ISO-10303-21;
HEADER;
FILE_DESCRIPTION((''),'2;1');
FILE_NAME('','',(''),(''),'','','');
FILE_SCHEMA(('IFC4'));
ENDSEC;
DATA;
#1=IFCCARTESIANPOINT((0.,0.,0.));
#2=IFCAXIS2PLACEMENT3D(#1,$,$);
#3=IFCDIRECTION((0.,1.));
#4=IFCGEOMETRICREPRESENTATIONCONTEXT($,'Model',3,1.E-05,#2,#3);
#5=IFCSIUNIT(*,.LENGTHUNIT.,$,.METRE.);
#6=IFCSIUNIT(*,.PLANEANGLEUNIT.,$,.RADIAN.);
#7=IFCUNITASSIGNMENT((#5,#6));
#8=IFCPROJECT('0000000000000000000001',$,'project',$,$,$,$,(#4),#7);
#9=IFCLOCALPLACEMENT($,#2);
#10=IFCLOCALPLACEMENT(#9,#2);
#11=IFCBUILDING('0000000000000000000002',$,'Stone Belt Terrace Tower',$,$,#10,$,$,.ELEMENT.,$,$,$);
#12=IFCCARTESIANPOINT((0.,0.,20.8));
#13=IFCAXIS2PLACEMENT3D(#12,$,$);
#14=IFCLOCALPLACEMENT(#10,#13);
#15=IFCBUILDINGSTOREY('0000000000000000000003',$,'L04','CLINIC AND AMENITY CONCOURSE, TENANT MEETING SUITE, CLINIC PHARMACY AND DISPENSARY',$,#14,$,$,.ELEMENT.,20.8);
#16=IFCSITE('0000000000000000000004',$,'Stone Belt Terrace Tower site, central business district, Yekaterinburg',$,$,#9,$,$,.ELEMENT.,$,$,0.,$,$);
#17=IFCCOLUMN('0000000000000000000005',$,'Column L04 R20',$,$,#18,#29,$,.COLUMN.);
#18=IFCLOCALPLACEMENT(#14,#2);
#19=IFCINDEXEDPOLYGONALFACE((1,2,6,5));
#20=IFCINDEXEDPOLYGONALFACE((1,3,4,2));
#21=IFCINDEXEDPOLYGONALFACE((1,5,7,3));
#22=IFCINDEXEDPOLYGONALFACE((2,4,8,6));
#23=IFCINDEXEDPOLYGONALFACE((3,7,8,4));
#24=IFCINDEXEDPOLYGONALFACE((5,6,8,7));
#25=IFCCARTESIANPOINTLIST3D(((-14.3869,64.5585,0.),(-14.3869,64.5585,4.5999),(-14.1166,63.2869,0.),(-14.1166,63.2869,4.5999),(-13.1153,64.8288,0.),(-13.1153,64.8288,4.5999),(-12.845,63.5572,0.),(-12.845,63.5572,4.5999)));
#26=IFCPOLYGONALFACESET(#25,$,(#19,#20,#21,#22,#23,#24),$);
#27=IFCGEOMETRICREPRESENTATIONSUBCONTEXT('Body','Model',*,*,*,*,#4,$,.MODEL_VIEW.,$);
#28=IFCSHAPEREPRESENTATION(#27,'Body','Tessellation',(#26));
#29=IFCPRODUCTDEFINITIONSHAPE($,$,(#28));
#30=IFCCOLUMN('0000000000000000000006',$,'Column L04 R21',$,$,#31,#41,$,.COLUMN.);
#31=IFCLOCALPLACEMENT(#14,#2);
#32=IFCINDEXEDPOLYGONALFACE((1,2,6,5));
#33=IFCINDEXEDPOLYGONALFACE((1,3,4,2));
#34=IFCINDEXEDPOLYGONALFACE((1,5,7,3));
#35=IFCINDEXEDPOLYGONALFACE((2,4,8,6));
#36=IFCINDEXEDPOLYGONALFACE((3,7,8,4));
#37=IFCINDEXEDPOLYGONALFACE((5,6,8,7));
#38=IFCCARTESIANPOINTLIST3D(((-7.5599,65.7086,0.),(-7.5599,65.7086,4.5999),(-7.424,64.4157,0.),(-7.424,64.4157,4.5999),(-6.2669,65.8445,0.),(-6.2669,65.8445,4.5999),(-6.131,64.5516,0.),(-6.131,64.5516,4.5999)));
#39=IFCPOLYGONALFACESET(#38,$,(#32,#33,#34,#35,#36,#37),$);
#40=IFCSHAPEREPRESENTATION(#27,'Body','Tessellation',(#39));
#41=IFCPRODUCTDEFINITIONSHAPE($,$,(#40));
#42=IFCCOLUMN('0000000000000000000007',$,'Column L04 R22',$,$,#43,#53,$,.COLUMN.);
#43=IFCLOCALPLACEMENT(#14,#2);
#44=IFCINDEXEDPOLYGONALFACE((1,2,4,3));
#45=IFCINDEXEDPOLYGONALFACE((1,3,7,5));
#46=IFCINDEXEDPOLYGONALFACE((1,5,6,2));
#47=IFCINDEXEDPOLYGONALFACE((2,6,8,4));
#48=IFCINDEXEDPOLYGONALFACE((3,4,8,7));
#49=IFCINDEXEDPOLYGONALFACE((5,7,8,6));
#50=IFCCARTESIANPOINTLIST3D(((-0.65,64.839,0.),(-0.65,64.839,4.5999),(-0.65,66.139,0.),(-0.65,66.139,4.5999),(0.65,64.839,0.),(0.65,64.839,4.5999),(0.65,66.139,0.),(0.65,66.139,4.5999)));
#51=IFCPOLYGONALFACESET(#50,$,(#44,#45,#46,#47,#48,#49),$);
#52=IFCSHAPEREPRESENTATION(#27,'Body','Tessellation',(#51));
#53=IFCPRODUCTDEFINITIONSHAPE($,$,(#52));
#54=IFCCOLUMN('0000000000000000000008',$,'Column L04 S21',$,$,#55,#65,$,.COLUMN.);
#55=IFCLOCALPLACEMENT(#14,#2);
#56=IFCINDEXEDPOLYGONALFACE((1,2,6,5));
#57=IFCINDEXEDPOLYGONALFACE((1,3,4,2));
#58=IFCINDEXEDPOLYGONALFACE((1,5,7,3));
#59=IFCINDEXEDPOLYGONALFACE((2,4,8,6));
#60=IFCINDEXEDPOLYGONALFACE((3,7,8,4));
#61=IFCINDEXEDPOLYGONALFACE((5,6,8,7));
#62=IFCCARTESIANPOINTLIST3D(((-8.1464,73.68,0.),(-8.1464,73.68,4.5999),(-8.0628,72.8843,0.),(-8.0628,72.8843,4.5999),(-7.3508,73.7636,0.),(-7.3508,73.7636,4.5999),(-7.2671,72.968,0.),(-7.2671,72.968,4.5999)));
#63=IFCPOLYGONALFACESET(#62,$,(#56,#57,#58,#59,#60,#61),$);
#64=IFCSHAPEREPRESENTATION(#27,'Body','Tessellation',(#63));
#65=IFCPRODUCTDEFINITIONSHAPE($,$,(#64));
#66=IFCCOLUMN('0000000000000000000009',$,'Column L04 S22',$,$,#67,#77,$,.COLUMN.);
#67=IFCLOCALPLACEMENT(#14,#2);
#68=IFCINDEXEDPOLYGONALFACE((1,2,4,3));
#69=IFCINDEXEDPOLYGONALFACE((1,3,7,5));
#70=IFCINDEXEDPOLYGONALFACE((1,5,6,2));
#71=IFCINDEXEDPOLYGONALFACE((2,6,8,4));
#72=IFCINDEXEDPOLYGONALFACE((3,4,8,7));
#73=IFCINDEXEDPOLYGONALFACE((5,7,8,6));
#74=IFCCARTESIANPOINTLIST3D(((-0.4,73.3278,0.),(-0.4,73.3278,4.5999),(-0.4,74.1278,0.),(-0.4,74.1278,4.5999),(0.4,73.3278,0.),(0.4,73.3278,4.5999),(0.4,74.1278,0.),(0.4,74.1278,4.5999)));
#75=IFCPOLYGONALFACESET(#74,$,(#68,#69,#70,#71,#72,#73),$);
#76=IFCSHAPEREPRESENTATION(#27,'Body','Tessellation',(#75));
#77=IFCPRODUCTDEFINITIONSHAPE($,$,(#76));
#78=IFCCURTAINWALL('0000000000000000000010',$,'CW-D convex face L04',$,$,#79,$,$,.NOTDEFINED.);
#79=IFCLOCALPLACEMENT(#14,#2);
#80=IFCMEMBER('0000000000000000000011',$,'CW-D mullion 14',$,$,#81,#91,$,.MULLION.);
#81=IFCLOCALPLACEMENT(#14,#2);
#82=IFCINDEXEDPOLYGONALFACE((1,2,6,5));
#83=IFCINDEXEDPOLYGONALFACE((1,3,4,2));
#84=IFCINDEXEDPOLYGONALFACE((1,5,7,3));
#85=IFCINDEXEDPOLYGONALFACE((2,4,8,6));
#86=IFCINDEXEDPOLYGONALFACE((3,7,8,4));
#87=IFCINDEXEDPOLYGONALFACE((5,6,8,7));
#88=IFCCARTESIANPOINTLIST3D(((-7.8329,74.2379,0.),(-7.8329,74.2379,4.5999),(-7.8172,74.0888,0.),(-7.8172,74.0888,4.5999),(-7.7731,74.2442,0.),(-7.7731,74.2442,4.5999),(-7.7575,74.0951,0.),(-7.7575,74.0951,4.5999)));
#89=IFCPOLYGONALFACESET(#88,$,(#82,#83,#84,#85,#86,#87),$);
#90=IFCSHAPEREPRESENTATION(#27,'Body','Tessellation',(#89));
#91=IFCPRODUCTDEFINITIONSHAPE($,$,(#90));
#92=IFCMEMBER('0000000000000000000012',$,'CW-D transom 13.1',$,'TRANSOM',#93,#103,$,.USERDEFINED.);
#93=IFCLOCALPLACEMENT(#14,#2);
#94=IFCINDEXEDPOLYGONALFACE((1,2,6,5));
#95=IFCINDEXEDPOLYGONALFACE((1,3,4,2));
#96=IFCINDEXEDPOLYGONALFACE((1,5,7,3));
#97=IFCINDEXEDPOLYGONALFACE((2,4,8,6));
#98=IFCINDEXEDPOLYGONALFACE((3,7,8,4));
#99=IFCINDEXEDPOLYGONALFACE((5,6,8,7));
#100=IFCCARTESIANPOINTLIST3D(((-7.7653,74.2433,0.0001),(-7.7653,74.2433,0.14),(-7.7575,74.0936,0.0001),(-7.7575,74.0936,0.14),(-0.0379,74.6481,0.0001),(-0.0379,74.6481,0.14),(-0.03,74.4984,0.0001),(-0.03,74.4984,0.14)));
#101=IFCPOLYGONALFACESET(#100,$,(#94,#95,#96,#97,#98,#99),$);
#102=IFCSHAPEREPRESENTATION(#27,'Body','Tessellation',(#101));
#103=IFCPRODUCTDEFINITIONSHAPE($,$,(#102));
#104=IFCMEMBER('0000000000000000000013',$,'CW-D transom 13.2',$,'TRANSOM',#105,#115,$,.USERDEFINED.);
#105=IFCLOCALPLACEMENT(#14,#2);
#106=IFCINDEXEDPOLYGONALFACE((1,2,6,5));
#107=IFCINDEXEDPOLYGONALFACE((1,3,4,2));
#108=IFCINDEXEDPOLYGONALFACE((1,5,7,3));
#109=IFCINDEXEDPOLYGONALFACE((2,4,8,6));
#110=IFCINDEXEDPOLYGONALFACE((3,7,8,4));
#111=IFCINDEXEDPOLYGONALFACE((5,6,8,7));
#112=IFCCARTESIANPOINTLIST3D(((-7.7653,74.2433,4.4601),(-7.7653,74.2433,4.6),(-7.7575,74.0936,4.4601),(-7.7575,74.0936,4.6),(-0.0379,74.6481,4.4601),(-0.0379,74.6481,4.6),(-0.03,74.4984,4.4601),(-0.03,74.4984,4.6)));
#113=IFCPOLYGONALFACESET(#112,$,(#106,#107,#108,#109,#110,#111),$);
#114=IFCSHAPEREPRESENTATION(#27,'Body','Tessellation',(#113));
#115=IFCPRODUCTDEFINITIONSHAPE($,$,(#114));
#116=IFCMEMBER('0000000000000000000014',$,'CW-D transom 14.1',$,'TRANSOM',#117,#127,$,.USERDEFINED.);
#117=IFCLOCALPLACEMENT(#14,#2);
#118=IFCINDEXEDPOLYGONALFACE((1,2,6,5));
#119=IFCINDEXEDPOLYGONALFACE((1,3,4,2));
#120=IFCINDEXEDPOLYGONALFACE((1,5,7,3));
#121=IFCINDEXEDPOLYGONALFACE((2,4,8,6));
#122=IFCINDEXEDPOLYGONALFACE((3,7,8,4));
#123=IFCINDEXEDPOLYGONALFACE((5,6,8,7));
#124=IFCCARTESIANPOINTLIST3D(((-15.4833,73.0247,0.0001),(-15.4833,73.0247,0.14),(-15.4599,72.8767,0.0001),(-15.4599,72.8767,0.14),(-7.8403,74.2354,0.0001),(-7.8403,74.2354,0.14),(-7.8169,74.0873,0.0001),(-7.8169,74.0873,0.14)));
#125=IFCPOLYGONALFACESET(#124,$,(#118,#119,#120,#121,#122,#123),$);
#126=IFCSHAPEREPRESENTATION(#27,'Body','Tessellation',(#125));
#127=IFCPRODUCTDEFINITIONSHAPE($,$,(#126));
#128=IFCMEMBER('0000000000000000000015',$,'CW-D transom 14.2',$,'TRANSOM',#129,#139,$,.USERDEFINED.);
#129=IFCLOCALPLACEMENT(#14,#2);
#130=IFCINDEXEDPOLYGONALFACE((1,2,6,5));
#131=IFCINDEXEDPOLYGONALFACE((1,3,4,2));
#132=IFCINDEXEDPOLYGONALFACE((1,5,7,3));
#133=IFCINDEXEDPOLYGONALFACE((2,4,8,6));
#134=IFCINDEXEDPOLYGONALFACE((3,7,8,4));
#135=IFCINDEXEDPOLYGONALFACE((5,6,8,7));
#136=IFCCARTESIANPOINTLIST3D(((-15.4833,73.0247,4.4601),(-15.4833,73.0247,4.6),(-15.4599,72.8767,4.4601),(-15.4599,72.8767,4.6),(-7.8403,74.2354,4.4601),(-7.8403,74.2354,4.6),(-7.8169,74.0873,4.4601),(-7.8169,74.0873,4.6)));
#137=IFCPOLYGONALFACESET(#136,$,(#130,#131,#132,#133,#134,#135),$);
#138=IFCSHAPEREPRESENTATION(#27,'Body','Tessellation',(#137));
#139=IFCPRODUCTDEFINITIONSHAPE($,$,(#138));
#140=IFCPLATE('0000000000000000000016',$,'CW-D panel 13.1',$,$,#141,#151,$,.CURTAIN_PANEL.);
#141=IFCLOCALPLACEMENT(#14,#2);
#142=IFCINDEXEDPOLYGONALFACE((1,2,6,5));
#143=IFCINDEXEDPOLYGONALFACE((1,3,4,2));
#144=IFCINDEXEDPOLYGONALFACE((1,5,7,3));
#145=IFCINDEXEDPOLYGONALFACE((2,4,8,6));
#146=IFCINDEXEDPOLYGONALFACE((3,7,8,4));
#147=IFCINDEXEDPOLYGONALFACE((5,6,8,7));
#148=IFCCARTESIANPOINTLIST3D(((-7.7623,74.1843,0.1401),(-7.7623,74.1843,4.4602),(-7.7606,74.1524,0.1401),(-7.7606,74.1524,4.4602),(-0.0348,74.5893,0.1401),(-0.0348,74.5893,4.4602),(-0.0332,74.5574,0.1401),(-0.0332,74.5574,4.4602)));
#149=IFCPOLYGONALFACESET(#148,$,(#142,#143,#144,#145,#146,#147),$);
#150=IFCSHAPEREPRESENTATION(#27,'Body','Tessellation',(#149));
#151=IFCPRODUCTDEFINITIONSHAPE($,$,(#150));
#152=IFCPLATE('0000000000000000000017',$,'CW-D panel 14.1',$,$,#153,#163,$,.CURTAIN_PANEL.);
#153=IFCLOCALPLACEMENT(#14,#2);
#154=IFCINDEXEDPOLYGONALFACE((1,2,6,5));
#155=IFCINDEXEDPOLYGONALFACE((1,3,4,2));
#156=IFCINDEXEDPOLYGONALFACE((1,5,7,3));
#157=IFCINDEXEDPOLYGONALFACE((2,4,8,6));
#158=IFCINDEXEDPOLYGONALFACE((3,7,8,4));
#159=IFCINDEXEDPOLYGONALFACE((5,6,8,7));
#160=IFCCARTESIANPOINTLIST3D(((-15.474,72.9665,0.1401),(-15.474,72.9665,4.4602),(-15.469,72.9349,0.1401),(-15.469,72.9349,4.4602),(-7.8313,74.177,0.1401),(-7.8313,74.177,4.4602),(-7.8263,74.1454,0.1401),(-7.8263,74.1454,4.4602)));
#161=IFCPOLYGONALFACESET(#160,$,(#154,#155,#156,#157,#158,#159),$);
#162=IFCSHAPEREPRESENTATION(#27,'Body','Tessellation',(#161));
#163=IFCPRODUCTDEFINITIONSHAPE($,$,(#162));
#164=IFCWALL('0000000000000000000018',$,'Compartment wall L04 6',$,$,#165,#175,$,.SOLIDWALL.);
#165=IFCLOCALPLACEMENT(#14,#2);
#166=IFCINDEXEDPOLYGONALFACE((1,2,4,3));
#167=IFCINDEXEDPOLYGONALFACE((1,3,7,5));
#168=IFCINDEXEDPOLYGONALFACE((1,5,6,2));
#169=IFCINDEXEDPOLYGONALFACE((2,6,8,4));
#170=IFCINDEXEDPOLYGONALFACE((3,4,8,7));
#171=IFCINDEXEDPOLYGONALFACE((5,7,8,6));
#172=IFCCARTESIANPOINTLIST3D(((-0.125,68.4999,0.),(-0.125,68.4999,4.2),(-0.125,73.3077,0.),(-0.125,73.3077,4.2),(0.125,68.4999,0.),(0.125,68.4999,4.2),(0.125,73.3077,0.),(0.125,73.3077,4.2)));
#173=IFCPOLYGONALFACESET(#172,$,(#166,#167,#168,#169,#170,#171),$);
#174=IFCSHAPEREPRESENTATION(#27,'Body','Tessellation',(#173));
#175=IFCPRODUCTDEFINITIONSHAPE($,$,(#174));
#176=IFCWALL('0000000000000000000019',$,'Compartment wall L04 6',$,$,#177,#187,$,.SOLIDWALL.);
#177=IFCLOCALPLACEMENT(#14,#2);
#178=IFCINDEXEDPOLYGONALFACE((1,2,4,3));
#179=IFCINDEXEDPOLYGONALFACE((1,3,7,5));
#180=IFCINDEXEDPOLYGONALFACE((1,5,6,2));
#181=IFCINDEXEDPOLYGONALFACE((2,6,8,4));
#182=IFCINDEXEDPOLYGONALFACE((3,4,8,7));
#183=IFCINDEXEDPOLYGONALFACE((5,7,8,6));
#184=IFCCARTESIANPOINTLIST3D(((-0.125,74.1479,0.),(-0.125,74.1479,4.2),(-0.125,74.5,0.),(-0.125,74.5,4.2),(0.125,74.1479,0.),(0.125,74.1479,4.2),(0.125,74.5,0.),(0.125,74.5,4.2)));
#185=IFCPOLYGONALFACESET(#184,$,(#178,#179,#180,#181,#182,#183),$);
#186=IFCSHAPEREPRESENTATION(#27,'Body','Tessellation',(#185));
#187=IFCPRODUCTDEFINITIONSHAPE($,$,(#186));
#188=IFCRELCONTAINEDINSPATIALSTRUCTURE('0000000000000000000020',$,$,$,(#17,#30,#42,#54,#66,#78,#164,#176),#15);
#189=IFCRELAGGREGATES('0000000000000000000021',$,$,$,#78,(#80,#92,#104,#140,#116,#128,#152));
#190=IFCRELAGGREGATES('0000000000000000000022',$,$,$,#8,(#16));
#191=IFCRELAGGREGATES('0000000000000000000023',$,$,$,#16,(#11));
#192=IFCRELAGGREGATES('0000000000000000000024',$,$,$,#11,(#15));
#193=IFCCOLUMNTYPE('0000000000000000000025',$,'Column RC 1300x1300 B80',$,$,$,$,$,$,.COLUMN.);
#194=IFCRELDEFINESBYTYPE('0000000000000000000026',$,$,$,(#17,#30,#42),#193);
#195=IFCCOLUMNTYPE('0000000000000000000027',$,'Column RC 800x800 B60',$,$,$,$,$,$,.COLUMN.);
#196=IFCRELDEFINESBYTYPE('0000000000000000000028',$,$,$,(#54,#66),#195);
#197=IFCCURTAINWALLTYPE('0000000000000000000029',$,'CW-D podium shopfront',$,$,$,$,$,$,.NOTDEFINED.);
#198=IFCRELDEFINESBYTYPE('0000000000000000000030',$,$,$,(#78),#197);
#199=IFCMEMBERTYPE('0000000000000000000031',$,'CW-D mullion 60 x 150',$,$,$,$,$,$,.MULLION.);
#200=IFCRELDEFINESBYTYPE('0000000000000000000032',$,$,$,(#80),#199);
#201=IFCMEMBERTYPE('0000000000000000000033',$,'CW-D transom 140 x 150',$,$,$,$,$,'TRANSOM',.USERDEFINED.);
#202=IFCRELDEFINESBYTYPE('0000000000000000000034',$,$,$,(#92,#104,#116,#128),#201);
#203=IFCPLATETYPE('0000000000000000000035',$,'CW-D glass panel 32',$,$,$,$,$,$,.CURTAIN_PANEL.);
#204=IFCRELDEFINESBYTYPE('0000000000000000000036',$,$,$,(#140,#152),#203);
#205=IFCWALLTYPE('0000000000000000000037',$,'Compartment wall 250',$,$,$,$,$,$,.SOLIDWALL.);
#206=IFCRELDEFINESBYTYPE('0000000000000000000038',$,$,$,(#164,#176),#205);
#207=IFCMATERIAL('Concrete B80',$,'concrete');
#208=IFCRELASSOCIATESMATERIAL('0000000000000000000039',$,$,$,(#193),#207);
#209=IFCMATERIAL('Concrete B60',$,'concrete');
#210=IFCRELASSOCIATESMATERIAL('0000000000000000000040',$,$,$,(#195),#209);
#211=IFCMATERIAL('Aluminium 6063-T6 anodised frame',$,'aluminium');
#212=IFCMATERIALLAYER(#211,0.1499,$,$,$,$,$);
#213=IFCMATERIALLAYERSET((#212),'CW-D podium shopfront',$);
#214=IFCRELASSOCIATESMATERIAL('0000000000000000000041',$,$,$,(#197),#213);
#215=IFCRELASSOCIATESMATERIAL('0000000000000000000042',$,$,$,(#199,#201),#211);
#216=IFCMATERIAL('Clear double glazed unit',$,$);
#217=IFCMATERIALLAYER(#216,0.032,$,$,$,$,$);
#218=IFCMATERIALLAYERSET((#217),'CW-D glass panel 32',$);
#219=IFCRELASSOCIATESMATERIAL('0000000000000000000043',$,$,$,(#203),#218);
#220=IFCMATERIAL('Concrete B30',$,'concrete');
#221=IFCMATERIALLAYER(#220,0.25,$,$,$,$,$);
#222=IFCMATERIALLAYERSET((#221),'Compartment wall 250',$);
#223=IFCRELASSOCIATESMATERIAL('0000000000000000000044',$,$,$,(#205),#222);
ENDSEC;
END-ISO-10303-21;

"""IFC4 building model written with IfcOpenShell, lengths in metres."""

from ifc_helpers import new_model, si_unit, direction, frame, frame_2d, origin, origin_2d, place, context, subcontext, project, spatial, rectangle, extrude, material, layer, layer_set, material_profile, profile_set, type_object, element, aggregate, save


model = new_model("IFC4")

# Units and contexts
model_context = context("Model", 3, precision=1e-05, world=origin(), true_north=direction((0.0, 1.0)))
body_context = subcontext(model_context, "Body", "Model", "MODEL_VIEW")
ifc_project = project(units=[si_unit("LENGTHUNIT", "METRE"), si_unit("PLANEANGLEUNIT", "RADIAN")], contexts=[model_context])

# Site, building, storey
site_placement = place(None, origin())
site = spatial("IfcSite", under=ifc_project, at=site_placement, Name="Stone Belt Terrace Tower site, central business district, Yekaterinburg", CompositionType="ELEMENT", RefElevation=0.0)
building_placement = place(site_placement, origin())
building = spatial("IfcBuilding", under=site, at=building_placement, Name="Stone Belt Terrace Tower", CompositionType="ELEMENT")
storey_placement = place(building_placement, frame((0.0, 0.0, 20.8)))
storey = spatial("IfcBuildingStorey", under=building, at=storey_placement, Name="L04", Description="CLINIC AND AMENITY CONCOURSE, TENANT MEETING SUITE, CLINIC PHARMACY AND DISPENSARY", CompositionType="ELEMENT", Elevation=20.8)

# Columns
ifc_material_1 = material(Name="Concrete B80", Category="concrete")
ifc_material_profile_1 = material_profile(ifc_material_1, rectangle(XDim=1.3, YDim=1.3, at=origin_2d()), Name="RC 1300x1300")
ifc_profile_set_1 = profile_set([ifc_material_profile_1], Name="Concrete B80")
column_type_1 = type_object("IfcColumnType", Name="Column RC 1300x1300 B80", PredefinedType="COLUMN", material=ifc_profile_set_1)
for number, where, z_axis, x_axis, name in (
    (1, (-13.616, 64.0579, 0.0), (0.0, 0.0, 1.0), (0.978148, 0.207912, 0.0), "Column L04 R20"),
    (2, (-6.8455, 65.1301, 0.0), (0.0, 0.0, 1.0), (0.994522, 0.104528, 0.0), "Column L04 R21"),
    (3, (0.0, 65.489, 0.0), (0.0, 0.0, 1.0), (1.0, 0.0, 0.0), "Column L04 R22"),
):
    element("IfcColumn", number, at=place(storey_placement, frame(where, z_axis=z_axis, x_axis=x_axis)), inside=storey, type_object=column_type_1, Name=name, PredefinedType="COLUMN", context=body_context, shape_type="SweptSolid", body=[
        extrude(rectangle(XDim=1.3, YDim=1.3, at=origin_2d()), origin(), (0.0, 0.0, 1.0), 4.5999),
    ])
ifc_material_2 = material(Name="Concrete B60", Category="concrete")
ifc_material_profile_2 = material_profile(ifc_material_2, rectangle(XDim=0.8, YDim=0.8, at=origin_2d()), Name="RC 800x800")
ifc_profile_set_2 = profile_set([ifc_material_profile_2], Name="Concrete B60")
column_type_2 = type_object("IfcColumnType", Name="Column RC 800x800 B60", PredefinedType="COLUMN", material=ifc_profile_set_2)
for number, where, z_axis, x_axis, name in (
    (4, (-7.7068, 73.324, 0.0), (0.0, 0.0, 1.0), (0.994522, 0.104528, 0.0), "Column L04 S21"),
    (5, (0.0, 73.7278, 0.0), (0.0, 0.0, 1.0), (1.0, 0.0, 0.0), "Column L04 S22"),
):
    element("IfcColumn", number, at=place(storey_placement, frame(where, z_axis=z_axis, x_axis=x_axis)), inside=storey, type_object=column_type_2, Name=name, PredefinedType="COLUMN", context=body_context, shape_type="SweptSolid", body=[
        extrude(rectangle(XDim=0.8, YDim=0.8, at=origin_2d()), origin(), (0.0, 0.0, 1.0), 4.5999),
    ])

# Curtain wall, members, plates
ifc_material_3 = material(Name="Aluminium 6063-T6 anodised frame", Category="aluminium")
ifc_layer_1 = layer(ifc_material_3, 0.1499)
ifc_layer_set_1 = layer_set([ifc_layer_1], Name="CW-D podium shopfront")
curtain_wall_type = type_object("IfcCurtainWallType", Name="CW-D podium shopfront", PredefinedType="NOTDEFINED", material=ifc_layer_set_1)
curtain_wall_placement = place(storey_placement, origin())
curtain_wall = element("IfcCurtainWall", 6, at=curtain_wall_placement, inside=storey, type_object=curtain_wall_type, Name="CW-D convex face L04", PredefinedType="NOTDEFINED")
ifc_material_profile_3 = material_profile(ifc_material_3, rectangle(XDim=0.1499, YDim=0.0601, at=origin_2d()), Name="Aluminium 6063-T6 60x150")
ifc_profile_set_3 = profile_set([ifc_material_profile_3], Name="Aluminium 6063-T6 anodised frame")
member_type_1 = type_object("IfcMemberType", Name="CW-D mullion 60 x 150", PredefinedType="MULLION", material=ifc_profile_set_3)
member_1_placement = place(storey_placement, frame((-7.7952, 74.1665, 0.0), z_axis=(0.0, 0.0, 1.0), x_axis=(0.104528, -0.994522, 0.0)))
member_1 = element("IfcMember", 7, at=member_1_placement, type_object=member_type_1, Name="CW-D mullion 14", PredefinedType="MULLION", context=body_context, shape_type="SweptSolid", body=[
    extrude(rectangle(XDim=0.1499, YDim=0.0601, at=origin_2d()), origin(), (0.0, 0.0, 1.0), 4.5999),
])
ifc_material_profile_4 = material_profile(ifc_material_3, rectangle(XDim=0.1499, YDim=0.1399, at=origin_2d()), Name="Aluminium 6063-T6 150x140")
ifc_profile_set_4 = profile_set([ifc_material_profile_4], Name="Aluminium 6063-T6 anodised frame")
member_type_2 = type_object("IfcMemberType", Name="CW-D transom 140 x 150", ElementType="TRANSOM", PredefinedType="USERDEFINED", material=ifc_profile_set_4)
member_2_placement = place(storey_placement, frame((-0.0339, 74.5732, 0.0701), z_axis=(-0.998631, -0.05231, 0.0), x_axis=(0.05231, -0.998631, 0.0)))
member_2 = element("IfcMember", 8, at=member_2_placement, type_object=member_type_2, Name="CW-D transom 13.1", ObjectType="TRANSOM", PredefinedType="USERDEFINED", context=body_context, shape_type="SweptSolid", body=[
    extrude(rectangle(XDim=0.1499, YDim=0.1399, at=origin_2d()), origin(), (0.0, 0.0, 1.0), 7.738),
])
member_3_placement = place(storey_placement, frame((-0.0339, 74.5732, 4.53), z_axis=(-0.998631, -0.05231, 0.0), x_axis=(0.05231, -0.998631, 0.0)))
member_3 = element("IfcMember", 9, at=member_3_placement, type_object=member_type_2, Name="CW-D transom 13.2", ObjectType="TRANSOM", PredefinedType="USERDEFINED", context=body_context, shape_type="SweptSolid", body=[
    extrude(rectangle(XDim=0.1499, YDim=0.1399, at=origin_2d()), origin(), (0.0, 0.0, 1.0), 7.738),
])
member_4_placement = place(storey_placement, frame((-7.8286, 74.1614, 0.0701), z_axis=(-0.987685, -0.156453, 0.0), x_axis=(0.156453, -0.987685, 0.0)))
member_4 = element("IfcMember", 10, at=member_4_placement, type_object=member_type_2, Name="CW-D transom 14.1", ObjectType="TRANSOM", PredefinedType="USERDEFINED", context=body_context, shape_type="SweptSolid", body=[
    extrude(rectangle(XDim=0.1499, YDim=0.1399, at=origin_2d()), origin(), (0.0, 0.0, 1.0), 7.7383),
])
member_5_placement = place(storey_placement, frame((-7.8286, 74.1614, 4.53), z_axis=(-0.987685, -0.156453, 0.0), x_axis=(0.156453, -0.987685, 0.0)))
member_5 = element("IfcMember", 11, at=member_5_placement, type_object=member_type_2, Name="CW-D transom 14.2", ObjectType="TRANSOM", PredefinedType="USERDEFINED", context=body_context, shape_type="SweptSolid", body=[
    extrude(rectangle(XDim=0.1499, YDim=0.1399, at=origin_2d()), origin(), (0.0, 0.0, 1.0), 7.7383),
])
ifc_material_4 = material(Name="Clear double glazed unit")
ifc_layer_2 = layer(ifc_material_4, 0.032)
ifc_layer_set_2 = layer_set([ifc_layer_2], Name="CW-D glass panel 32")
plate_type = type_object("IfcPlateType", Name="CW-D glass panel 32", PredefinedType="CURTAIN_PANEL", material=ifc_layer_set_2)
plate_1_placement = place(storey_placement, frame((-3.8977, 74.3708, 0.1401), z_axis=(0.0, 0.0, 1.0), x_axis=(-0.99863, -0.052336, 0.0)))
plate_1 = element("IfcPlate", 12, at=plate_1_placement, type_object=plate_type, Name="CW-D panel 13.1", PredefinedType="CURTAIN_PANEL", context=body_context, shape_type="SweptSolid", body=[
    extrude(rectangle(XDim=7.738, YDim=0.032, at=origin_2d()), origin(), (0.0, 0.0, 1.0), 4.3201),
])
plate_2_placement = place(storey_placement, frame((-11.6501, 73.5559, 0.1401), z_axis=(0.0, 0.0, 1.0), x_axis=(-0.987688, -0.156434, 0.0)))
plate_2 = element("IfcPlate", 13, at=plate_2_placement, type_object=plate_type, Name="CW-D panel 14.1", PredefinedType="CURTAIN_PANEL", context=body_context, shape_type="SweptSolid", body=[
    extrude(rectangle(XDim=7.738, YDim=0.032, at=origin_2d()), origin(), (0.0, 0.0, 1.0), 4.3201),
])
aggregate(curtain_wall, [member_1, member_2, member_3, plate_1, member_4, member_5, plate_2])

# Walls
ifc_material_5 = material(Name="Concrete B30", Category="concrete")
ifc_layer_3 = layer(ifc_material_5, 0.25)
ifc_layer_set_3 = layer_set([ifc_layer_3], Name="Compartment wall 250")
wall_type_1 = type_object("IfcWallType", Name="Compartment wall 250", PredefinedType="SOLIDWALL", material=ifc_layer_set_3)
wall_1_placement = place(storey_placement, frame((0.0, 68.5, 0.0), z_axis=(0.0, 0.0, 1.0), x_axis=(0.0, 1.0, 0.0)))
element("IfcWall", 14, at=wall_1_placement, inside=storey, type_object=wall_type_1, Name="Compartment wall L04 6", PredefinedType="SOLIDWALL", context=body_context, shape_type="SweptSolid", body=[
    extrude(rectangle(XDim=4.8079, YDim=0.25, at=frame_2d((2.4038, 0.0))), origin(), (0.0, 0.0, 1.0), 4.2),
])
wall_2_placement = place(storey_placement, frame((0.0, 74.1479, 0.0), z_axis=(0.0, 0.0, 1.0), x_axis=(0.0, 1.0, 0.0)))
element("IfcWall", 15, at=wall_2_placement, inside=storey, type_object=wall_type_1, Name="Compartment wall L04 6", PredefinedType="SOLIDWALL", context=body_context, shape_type="SweptSolid", body=[
    extrude(rectangle(XDim=0.3521, YDim=0.25, at=frame_2d((0.176, 0.0))), origin(), (0.0, 0.0, 1.0), 4.2),
])

save(model, "model.ifc")
